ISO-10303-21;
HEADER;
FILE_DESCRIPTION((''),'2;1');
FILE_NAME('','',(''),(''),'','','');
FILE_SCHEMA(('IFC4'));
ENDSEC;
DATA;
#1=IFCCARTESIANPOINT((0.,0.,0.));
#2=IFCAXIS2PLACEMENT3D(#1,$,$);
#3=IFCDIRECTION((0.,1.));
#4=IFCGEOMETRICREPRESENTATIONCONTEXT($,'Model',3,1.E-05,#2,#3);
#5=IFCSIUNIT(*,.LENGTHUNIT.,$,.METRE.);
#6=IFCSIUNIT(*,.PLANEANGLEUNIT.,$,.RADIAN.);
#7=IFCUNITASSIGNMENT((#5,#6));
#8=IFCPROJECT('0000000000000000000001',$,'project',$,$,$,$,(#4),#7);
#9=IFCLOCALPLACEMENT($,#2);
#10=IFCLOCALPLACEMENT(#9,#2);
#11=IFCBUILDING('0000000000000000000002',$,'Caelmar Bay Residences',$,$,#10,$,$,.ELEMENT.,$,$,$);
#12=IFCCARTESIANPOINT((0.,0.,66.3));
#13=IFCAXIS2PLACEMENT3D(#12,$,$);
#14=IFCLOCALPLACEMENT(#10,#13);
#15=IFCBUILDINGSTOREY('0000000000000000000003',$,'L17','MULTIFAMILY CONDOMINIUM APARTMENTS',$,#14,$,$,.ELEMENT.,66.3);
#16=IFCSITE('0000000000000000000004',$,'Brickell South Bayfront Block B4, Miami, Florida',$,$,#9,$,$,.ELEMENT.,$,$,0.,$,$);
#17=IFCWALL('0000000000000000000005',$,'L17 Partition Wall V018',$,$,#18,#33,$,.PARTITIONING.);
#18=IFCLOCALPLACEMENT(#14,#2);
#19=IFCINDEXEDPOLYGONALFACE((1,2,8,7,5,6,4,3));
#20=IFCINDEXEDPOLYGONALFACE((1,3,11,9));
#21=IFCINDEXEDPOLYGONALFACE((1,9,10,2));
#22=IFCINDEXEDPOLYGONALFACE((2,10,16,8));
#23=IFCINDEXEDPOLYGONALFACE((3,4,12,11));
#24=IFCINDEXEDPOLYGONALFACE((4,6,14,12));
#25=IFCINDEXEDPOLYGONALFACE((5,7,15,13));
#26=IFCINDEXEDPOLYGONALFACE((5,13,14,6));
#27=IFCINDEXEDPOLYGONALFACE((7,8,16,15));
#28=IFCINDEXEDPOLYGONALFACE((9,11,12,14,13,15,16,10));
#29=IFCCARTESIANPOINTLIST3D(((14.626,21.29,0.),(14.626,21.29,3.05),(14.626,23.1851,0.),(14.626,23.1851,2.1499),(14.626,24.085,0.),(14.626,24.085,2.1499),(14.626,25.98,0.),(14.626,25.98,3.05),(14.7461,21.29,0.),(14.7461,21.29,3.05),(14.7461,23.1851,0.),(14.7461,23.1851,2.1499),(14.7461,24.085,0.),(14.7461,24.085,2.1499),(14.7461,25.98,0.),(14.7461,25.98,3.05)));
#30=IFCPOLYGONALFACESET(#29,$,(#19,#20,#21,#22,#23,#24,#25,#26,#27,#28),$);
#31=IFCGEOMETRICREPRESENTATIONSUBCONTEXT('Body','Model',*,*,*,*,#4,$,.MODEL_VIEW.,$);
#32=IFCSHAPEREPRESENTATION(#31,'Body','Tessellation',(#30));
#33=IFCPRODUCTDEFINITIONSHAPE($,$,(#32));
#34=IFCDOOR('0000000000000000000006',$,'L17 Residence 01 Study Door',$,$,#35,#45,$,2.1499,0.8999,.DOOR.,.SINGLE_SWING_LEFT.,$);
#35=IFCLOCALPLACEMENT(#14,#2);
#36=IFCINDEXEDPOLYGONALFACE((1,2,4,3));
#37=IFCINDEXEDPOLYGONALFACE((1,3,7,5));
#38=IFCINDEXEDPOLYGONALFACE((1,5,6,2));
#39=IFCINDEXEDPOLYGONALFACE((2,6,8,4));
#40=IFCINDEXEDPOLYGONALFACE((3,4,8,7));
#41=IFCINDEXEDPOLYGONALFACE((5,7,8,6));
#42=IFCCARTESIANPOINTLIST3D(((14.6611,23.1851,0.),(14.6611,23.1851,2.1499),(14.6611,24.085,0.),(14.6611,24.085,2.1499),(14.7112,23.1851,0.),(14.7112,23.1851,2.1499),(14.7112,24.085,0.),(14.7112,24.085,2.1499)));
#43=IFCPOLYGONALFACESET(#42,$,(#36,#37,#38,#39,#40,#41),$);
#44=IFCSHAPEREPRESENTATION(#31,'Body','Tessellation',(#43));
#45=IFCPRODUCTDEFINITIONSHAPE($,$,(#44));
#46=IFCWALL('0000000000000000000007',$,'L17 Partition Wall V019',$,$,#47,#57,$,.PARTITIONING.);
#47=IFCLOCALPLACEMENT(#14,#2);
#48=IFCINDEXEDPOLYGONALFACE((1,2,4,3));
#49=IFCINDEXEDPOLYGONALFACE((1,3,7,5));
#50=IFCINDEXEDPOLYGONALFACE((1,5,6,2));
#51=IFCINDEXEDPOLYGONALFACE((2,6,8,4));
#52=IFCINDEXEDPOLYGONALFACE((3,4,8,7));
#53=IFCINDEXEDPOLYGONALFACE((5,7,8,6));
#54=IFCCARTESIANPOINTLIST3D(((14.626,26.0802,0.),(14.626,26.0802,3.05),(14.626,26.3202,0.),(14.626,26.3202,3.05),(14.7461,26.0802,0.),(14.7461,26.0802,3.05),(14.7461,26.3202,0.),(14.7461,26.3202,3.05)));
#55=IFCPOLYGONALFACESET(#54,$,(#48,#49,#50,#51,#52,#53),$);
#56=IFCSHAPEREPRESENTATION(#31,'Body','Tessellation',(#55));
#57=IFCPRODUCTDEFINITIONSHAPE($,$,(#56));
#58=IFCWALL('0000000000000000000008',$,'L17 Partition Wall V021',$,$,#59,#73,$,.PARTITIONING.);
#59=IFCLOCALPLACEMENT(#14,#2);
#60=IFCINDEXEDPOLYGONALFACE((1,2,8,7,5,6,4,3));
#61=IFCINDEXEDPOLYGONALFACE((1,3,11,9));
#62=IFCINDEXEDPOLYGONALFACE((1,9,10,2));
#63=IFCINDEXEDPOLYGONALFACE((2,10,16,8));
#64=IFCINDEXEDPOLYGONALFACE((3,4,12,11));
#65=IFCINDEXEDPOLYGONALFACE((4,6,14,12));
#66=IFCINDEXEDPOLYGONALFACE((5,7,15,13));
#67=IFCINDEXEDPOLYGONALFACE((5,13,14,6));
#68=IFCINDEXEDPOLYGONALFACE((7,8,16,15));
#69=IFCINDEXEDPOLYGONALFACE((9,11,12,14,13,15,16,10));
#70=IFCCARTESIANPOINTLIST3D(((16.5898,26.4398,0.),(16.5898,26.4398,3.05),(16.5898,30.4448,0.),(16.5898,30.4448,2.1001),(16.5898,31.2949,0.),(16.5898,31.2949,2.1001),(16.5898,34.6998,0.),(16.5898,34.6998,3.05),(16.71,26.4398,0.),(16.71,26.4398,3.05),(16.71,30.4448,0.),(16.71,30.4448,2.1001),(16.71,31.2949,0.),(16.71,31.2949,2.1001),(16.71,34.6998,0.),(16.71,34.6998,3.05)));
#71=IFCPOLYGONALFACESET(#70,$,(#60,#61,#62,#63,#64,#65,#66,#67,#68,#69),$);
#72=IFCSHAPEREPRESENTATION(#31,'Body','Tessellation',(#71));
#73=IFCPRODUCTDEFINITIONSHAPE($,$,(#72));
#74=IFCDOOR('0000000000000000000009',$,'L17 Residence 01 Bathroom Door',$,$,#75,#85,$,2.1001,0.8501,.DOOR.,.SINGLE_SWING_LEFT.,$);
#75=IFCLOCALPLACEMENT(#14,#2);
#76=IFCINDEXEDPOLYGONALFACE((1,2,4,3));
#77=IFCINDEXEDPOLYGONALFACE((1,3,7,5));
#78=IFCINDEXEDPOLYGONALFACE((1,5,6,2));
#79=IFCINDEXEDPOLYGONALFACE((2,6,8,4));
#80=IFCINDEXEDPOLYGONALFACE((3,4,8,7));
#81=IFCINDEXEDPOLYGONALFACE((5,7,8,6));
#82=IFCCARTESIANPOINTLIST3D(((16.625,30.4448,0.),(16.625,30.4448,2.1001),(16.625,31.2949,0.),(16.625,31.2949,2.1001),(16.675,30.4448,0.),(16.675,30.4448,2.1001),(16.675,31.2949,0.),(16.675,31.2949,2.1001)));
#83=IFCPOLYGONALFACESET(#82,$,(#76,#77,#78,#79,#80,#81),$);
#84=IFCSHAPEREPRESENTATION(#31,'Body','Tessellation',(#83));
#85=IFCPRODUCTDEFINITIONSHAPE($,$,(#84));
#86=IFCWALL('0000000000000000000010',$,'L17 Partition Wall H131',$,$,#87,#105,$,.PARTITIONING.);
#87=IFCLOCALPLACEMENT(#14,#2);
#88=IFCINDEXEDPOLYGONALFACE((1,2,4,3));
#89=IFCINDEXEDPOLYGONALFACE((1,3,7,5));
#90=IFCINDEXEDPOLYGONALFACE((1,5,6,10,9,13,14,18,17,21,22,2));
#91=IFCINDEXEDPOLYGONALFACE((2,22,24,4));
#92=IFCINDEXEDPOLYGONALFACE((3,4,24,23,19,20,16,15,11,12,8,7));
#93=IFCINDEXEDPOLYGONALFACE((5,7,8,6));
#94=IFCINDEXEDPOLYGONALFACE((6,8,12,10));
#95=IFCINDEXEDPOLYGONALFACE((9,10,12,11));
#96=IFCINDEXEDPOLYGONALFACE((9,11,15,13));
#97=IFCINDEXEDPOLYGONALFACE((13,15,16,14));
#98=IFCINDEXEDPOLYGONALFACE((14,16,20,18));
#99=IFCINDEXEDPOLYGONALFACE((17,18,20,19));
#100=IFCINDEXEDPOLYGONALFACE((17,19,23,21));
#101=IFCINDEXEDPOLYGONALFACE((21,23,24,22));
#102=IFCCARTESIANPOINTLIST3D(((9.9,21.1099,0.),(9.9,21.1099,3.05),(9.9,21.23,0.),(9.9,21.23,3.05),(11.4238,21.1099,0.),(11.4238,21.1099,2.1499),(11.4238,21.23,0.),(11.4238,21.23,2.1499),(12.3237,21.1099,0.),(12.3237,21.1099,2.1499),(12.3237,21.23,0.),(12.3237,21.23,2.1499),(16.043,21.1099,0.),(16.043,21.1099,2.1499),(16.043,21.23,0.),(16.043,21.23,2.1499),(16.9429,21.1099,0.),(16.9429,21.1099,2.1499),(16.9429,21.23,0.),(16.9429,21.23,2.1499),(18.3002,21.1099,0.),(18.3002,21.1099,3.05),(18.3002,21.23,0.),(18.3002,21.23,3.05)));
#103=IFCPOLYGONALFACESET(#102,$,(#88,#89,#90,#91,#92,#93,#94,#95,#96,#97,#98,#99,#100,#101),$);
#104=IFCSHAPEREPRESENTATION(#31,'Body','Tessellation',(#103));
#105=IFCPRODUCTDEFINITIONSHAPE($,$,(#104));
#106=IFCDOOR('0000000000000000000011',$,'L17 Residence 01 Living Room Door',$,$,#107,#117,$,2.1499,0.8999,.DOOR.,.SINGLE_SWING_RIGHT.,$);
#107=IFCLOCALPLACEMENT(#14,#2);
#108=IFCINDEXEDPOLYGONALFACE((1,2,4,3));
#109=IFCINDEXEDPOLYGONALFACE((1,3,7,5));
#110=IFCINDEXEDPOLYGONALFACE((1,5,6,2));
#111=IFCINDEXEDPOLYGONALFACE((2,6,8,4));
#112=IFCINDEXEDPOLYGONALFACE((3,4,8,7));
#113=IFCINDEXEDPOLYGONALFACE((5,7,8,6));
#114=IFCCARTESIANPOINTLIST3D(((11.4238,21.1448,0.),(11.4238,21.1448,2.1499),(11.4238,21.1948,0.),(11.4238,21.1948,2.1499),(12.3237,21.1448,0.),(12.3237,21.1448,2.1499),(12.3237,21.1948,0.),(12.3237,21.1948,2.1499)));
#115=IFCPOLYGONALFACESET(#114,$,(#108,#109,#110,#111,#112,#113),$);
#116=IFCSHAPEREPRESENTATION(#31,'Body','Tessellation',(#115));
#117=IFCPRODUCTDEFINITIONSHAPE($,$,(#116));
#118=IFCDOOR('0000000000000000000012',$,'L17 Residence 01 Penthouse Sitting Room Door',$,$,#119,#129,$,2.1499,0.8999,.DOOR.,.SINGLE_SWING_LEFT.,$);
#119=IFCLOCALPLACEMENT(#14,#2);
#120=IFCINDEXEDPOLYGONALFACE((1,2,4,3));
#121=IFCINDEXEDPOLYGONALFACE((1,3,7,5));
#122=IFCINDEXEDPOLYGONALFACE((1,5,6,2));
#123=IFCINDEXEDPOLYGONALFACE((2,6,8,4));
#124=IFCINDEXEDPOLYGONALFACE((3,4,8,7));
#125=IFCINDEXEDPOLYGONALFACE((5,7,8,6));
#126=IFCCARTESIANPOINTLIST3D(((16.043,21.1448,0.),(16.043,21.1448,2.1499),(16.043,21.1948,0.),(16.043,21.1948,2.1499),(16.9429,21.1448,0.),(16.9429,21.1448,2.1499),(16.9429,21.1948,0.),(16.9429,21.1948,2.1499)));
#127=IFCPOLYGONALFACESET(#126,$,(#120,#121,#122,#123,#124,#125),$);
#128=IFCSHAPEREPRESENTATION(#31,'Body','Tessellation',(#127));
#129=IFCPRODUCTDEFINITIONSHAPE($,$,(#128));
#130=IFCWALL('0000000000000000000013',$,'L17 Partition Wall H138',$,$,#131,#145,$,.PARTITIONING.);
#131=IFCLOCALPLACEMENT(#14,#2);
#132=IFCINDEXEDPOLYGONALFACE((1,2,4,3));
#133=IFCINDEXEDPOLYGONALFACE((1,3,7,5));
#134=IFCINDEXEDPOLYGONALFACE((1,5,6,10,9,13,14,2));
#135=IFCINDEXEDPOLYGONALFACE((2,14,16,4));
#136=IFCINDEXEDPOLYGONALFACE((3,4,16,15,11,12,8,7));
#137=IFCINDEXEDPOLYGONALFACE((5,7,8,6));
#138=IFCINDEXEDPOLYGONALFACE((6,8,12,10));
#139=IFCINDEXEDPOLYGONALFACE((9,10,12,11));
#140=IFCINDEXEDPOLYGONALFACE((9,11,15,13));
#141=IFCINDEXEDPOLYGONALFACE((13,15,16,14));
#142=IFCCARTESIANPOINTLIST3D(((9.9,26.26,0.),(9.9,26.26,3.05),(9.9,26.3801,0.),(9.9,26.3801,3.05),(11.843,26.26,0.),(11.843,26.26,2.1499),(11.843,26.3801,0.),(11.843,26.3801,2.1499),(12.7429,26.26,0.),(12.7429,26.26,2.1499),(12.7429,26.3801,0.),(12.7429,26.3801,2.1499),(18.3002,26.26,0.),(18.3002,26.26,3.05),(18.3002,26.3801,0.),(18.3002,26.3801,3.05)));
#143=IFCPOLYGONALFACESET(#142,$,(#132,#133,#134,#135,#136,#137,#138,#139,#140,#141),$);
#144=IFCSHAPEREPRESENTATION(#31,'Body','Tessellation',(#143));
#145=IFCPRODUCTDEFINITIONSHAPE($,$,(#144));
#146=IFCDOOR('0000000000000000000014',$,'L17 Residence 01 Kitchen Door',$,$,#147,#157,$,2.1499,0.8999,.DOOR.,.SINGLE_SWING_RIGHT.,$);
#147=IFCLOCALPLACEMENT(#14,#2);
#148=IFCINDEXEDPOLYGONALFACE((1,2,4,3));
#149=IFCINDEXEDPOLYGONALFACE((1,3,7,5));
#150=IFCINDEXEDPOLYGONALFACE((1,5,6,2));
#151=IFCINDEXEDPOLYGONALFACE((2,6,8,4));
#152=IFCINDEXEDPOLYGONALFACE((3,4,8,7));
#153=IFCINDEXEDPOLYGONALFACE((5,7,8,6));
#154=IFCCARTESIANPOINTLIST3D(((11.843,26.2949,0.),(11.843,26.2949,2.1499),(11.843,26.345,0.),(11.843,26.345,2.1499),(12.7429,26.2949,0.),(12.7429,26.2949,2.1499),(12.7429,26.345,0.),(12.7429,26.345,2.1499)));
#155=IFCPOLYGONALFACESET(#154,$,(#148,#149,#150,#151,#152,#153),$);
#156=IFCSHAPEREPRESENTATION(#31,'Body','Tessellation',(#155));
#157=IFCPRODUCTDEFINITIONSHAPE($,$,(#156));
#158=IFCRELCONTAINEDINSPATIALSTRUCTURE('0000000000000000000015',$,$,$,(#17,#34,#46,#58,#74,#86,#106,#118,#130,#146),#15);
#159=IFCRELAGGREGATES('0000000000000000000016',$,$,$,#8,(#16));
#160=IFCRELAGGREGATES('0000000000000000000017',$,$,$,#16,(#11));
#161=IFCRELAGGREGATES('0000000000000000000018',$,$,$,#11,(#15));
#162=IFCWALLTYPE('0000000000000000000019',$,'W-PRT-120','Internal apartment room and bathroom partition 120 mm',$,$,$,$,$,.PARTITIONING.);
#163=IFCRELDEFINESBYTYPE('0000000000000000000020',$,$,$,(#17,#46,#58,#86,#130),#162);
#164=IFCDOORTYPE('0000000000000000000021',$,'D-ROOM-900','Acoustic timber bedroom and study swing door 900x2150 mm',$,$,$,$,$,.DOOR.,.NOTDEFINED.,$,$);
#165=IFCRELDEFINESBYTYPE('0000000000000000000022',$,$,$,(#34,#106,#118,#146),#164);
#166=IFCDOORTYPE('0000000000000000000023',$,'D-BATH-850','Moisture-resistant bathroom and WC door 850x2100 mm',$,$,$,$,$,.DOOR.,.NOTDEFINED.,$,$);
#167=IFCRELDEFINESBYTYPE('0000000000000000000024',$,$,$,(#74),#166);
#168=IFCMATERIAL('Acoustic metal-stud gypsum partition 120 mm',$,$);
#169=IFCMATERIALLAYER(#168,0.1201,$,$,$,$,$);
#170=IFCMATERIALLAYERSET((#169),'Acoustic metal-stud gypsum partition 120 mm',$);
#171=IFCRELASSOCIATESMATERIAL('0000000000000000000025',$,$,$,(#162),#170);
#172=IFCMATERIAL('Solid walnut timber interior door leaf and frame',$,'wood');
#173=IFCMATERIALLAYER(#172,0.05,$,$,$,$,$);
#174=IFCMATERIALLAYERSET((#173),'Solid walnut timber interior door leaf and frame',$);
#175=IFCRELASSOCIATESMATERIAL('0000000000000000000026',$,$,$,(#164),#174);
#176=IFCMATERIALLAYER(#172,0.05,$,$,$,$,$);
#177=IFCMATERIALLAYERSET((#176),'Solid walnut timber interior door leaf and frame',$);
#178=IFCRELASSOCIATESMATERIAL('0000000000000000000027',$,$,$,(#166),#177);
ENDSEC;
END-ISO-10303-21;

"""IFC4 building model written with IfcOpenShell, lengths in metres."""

from ifc_helpers import new_model, si_unit, direction, frame, frame_2d, origin, place, context, subcontext, project, spatial, rectangle, extrude, material, layer, layer_set, type_object, element, fill, save


model = new_model("IFC4")

# Units and contexts
model_context = context("Model", 3, precision=1e-05, world=origin(), true_north=direction((0.0, 1.0)))
body_context = subcontext(model_context, "Body", "Model", "MODEL_VIEW")
ifc_project = project(units=[si_unit("LENGTHUNIT", "METRE"), si_unit("PLANEANGLEUNIT", "RADIAN")], contexts=[model_context])

# Site, building, storey
site_placement = place(None, origin())
site = spatial("IfcSite", under=ifc_project, at=site_placement, Name="Brickell South Bayfront Block B4, Miami, Florida", CompositionType="ELEMENT", RefElevation=0.0)
building_placement = place(site_placement, origin())
building = spatial("IfcBuilding", under=site, at=building_placement, Name="Caelmar Bay Residences", CompositionType="ELEMENT")
storey_placement = place(building_placement, frame((0.0, 0.0, 66.3)))
storey = spatial("IfcBuildingStorey", under=building, at=storey_placement, Name="L17", Description="MULTIFAMILY CONDOMINIUM APARTMENTS", CompositionType="ELEMENT", Elevation=66.3)

# Shared definitions
ifc_material_1 = material(Name="Acoustic metal-stud gypsum partition 120 mm")
ifc_layer_1 = layer(ifc_material_1, 0.1201)
ifc_layer_set_1 = layer_set([ifc_layer_1], Name="Acoustic metal-stud gypsum partition 120 mm")
wall_type = type_object("IfcWallType", Name="W-PRT-120", Description="Internal apartment room and bathroom partition 120 mm", PredefinedType="PARTITIONING", material=ifc_layer_set_1)

# Shared definitions
ifc_material_2 = material(Name="Solid walnut timber interior door leaf and frame", Category="wood")
ifc_layer_2 = layer(ifc_material_2, 0.05)
ifc_layer_set_2 = layer_set([ifc_layer_2], Name="Solid walnut timber interior door leaf and frame")
door_type_1 = type_object("IfcDoorType", Name="D-ROOM-900", Description="Acoustic timber bedroom and study swing door 900x2150 mm", OperationType="NOTDEFINED", PredefinedType="DOOR", material=ifc_layer_set_2)

# Wall, opening, door
wall_1_placement = place(storey_placement, frame((14.686, 21.29, 0.0), z_axis=(0.0, 0.0, 1.0), x_axis=(0.0, 1.0, 0.0)))
wall_1 = element("IfcWall", 1, at=wall_1_placement, inside=storey, type_object=wall_type, Name="L17 Partition Wall V018", PredefinedType="PARTITIONING", context=body_context, shape_type="SweptSolid", body=[
    extrude(rectangle(XDim=4.6899, YDim=0.1201, at=frame_2d((2.345, 0.0))), origin(), (0.0, 0.0, 1.0), 3.05),
])
opening_1_placement = place(wall_1_placement, frame((1.895, 0.0, 0.0)))
opening_1 = element("IfcOpeningElement", 2, at=opening_1_placement, cuts=wall_1, PredefinedType="OPENING", context=body_context, shape_type="SweptSolid", body=[
    extrude(rectangle(XDim=0.8999, YDim=2.1499, at=frame_2d((0.45, 1.075))), frame((0.0, 0.0701, 0.0), z_axis=(0.0, -1.0, 0.0), x_axis=(1.0, 0.0, 0.0)), (0.0, 0.0, 1.0), 0.1401),
])
door_1_placement = place(opening_1_placement, origin())
door_1 = element("IfcDoor", 3, at=door_1_placement, inside=storey, type_object=door_type_1, Name="L17 Residence 01 Study Door", OperationType="SINGLE_SWING_LEFT", OverallHeight=2.1499, OverallWidth=0.8999, PredefinedType="DOOR", context=body_context, shape_type="SweptSolid", body=[
    extrude(rectangle(XDim=0.8999, YDim=2.1499, at=frame_2d((0.45, 1.075))), frame((0.0, 0.0249, 0.0), z_axis=(0.0, -1.0, 0.0), x_axis=(1.0, 0.0, 0.0)), (0.0, 0.0, 1.0), 0.05),
])
fill(opening_1, door_1)

# Wall
wall_2_placement = place(storey_placement, frame((14.686, 26.0801, 0.0), z_axis=(0.0, 0.0, 1.0), x_axis=(0.0, 1.0, 0.0)))
element("IfcWall", 4, at=wall_2_placement, inside=storey, type_object=wall_type, Name="L17 Partition Wall V019", PredefinedType="PARTITIONING", context=body_context, shape_type="SweptSolid", body=[
    extrude(rectangle(XDim=0.24, YDim=0.1201, at=frame_2d((0.1201, 0.0))), origin(), (0.0, 0.0, 1.0), 3.05),
])

# Wall, opening, door
wall_3_placement = place(storey_placement, frame((16.6499, 26.4399, 0.0), z_axis=(0.0, 0.0, 1.0), x_axis=(0.0, 1.0, 0.0)))
wall_3 = element("IfcWall", 5, at=wall_3_placement, inside=storey, type_object=wall_type, Name="L17 Partition Wall V021", PredefinedType="PARTITIONING", context=body_context, shape_type="SweptSolid", body=[
    extrude(rectangle(XDim=8.26, YDim=0.1201, at=frame_2d((4.1299, 0.0))), origin(), (0.0, 0.0, 1.0), 3.05),
])
opening_2_placement = place(wall_3_placement, frame((4.0049, 0.0, 0.0)))
opening_2 = element("IfcOpeningElement", 6, at=opening_2_placement, cuts=wall_3, PredefinedType="OPENING", context=body_context, shape_type="SweptSolid", body=[
    extrude(rectangle(XDim=0.8501, YDim=2.1001, at=frame_2d((0.425, 1.05))), frame((0.0, 0.0701, 0.0), z_axis=(0.0, -1.0, 0.0), x_axis=(1.0, 0.0, 0.0)), (0.0, 0.0, 1.0), 0.1401),
])
ifc_layer_3 = layer(ifc_material_2, 0.05)
ifc_layer_set_3 = layer_set([ifc_layer_3], Name="Solid walnut timber interior door leaf and frame")
door_type_2 = type_object("IfcDoorType", Name="D-BATH-850", Description="Moisture-resistant bathroom and WC door 850x2100 mm", OperationType="NOTDEFINED", PredefinedType="DOOR", material=ifc_layer_set_3)
door_2_placement = place(opening_2_placement, origin())
door_2 = element("IfcDoor", 7, at=door_2_placement, inside=storey, type_object=door_type_2, Name="L17 Residence 01 Bathroom Door", OperationType="SINGLE_SWING_LEFT", OverallHeight=2.1001, OverallWidth=0.8501, PredefinedType="DOOR", context=body_context, shape_type="SweptSolid", body=[
    extrude(rectangle(XDim=0.8501, YDim=2.1001, at=frame_2d((0.425, 1.05))), frame((0.0, 0.0249, 0.0), z_axis=(0.0, -1.0, 0.0), x_axis=(1.0, 0.0, 0.0)), (0.0, 0.0, 1.0), 0.05),
])
fill(opening_2, door_2)

# Wall, openings, doors
wall_4_placement = place(storey_placement, frame((9.8999, 21.1699, 0.0), z_axis=(0.0, 0.0, 1.0), x_axis=(1.0, 0.0, 0.0)))
wall_4 = element("IfcWall", 8, at=wall_4_placement, inside=storey, type_object=wall_type, Name="L17 Partition Wall H131", PredefinedType="PARTITIONING", context=body_context, shape_type="SweptSolid", body=[
    extrude(rectangle(XDim=8.4001, YDim=0.1201, at=frame_2d((4.2002, 0.0))), origin(), (0.0, 0.0, 1.0), 3.05),
])
opening_3_placement = place(wall_4_placement, frame((1.5239, 0.0, 0.0)))
opening_3 = element("IfcOpeningElement", 9, at=opening_3_placement, cuts=wall_4, PredefinedType="OPENING", context=body_context, shape_type="SweptSolid", body=[
    extrude(rectangle(XDim=0.8999, YDim=2.1499, at=frame_2d((0.45, 1.075))), frame((0.0, 0.0701, 0.0), z_axis=(0.0, -1.0, 0.0), x_axis=(1.0, 0.0, 0.0)), (0.0, 0.0, 1.0), 0.1401),
])
opening_4_placement = place(wall_4_placement, frame((6.1431, 0.0, 0.0)))
opening_4 = element("IfcOpeningElement", 10, at=opening_4_placement, cuts=wall_4, PredefinedType="OPENING", context=body_context, shape_type="SweptSolid", body=[
    extrude(rectangle(XDim=0.8999, YDim=2.1499, at=frame_2d((0.45, 1.075))), frame((0.0, 0.0701, 0.0), z_axis=(0.0, -1.0, 0.0), x_axis=(1.0, 0.0, 0.0)), (0.0, 0.0, 1.0), 0.1401),
])
door_3_placement = place(opening_3_placement, origin())
door_3 = element("IfcDoor", 11, at=door_3_placement, inside=storey, type_object=door_type_1, Name="L17 Residence 01 Living Room Door", OperationType="SINGLE_SWING_RIGHT", OverallHeight=2.1499, OverallWidth=0.8999, PredefinedType="DOOR", context=body_context, shape_type="SweptSolid", body=[
    extrude(rectangle(XDim=0.8999, YDim=2.1499, at=frame_2d((0.45, 1.075))), frame((0.0, 0.0249, 0.0), z_axis=(0.0, -1.0, 0.0), x_axis=(1.0, 0.0, 0.0)), (0.0, 0.0, 1.0), 0.05),
])
fill(opening_3, door_3)
door_4_placement = place(opening_4_placement, origin())
door_4 = element("IfcDoor", 12, at=door_4_placement, inside=storey, type_object=door_type_1, Name="L17 Residence 01 Penthouse Sitting Room Door", OperationType="SINGLE_SWING_LEFT", OverallHeight=2.1499, OverallWidth=0.8999, PredefinedType="DOOR", context=body_context, shape_type="SweptSolid", body=[
    extrude(rectangle(XDim=0.8999, YDim=2.1499, at=frame_2d((0.45, 1.075))), frame((0.0, 0.0249, 0.0), z_axis=(0.0, -1.0, 0.0), x_axis=(1.0, 0.0, 0.0)), (0.0, 0.0, 1.0), 0.05),
])
fill(opening_4, door_4)

# Wall, opening, door
wall_5_placement = place(storey_placement, frame((9.8999, 26.3201, 0.0), z_axis=(0.0, 0.0, 1.0), x_axis=(1.0, 0.0, 0.0)))
wall_5 = element("IfcWall", 13, at=wall_5_placement, inside=storey, type_object=wall_type, Name="L17 Partition Wall H138", PredefinedType="PARTITIONING", context=body_context, shape_type="SweptSolid", body=[
    extrude(rectangle(XDim=8.4001, YDim=0.1201, at=frame_2d((4.2002, 0.0))), origin(), (0.0, 0.0, 1.0), 3.05),
])
opening_5_placement = place(wall_5_placement, frame((1.9431, 0.0, 0.0)))
opening_5 = element("IfcOpeningElement", 14, at=opening_5_placement, cuts=wall_5, PredefinedType="OPENING", context=body_context, shape_type="SweptSolid", body=[
    extrude(rectangle(XDim=0.8999, YDim=2.1499, at=frame_2d((0.45, 1.075))), frame((0.0, 0.0701, 0.0), z_axis=(0.0, -1.0, 0.0), x_axis=(1.0, 0.0, 0.0)), (0.0, 0.0, 1.0), 0.1401),
])
door_5_placement = place(opening_5_placement, origin())
door_5 = element("IfcDoor", 15, at=door_5_placement, inside=storey, type_object=door_type_1, Name="L17 Residence 01 Kitchen Door", OperationType="SINGLE_SWING_RIGHT", OverallHeight=2.1499, OverallWidth=0.8999, PredefinedType="DOOR", context=body_context, shape_type="SweptSolid", body=[
    extrude(rectangle(XDim=0.8999, YDim=2.1499, at=frame_2d((0.45, 1.075))), frame((0.0, 0.0249, 0.0), z_axis=(0.0, -1.0, 0.0), x_axis=(1.0, 0.0, 0.0)), (0.0, 0.0, 1.0), 0.05),
])
fill(opening_5, door_5)

save(model, "model.ifc")
